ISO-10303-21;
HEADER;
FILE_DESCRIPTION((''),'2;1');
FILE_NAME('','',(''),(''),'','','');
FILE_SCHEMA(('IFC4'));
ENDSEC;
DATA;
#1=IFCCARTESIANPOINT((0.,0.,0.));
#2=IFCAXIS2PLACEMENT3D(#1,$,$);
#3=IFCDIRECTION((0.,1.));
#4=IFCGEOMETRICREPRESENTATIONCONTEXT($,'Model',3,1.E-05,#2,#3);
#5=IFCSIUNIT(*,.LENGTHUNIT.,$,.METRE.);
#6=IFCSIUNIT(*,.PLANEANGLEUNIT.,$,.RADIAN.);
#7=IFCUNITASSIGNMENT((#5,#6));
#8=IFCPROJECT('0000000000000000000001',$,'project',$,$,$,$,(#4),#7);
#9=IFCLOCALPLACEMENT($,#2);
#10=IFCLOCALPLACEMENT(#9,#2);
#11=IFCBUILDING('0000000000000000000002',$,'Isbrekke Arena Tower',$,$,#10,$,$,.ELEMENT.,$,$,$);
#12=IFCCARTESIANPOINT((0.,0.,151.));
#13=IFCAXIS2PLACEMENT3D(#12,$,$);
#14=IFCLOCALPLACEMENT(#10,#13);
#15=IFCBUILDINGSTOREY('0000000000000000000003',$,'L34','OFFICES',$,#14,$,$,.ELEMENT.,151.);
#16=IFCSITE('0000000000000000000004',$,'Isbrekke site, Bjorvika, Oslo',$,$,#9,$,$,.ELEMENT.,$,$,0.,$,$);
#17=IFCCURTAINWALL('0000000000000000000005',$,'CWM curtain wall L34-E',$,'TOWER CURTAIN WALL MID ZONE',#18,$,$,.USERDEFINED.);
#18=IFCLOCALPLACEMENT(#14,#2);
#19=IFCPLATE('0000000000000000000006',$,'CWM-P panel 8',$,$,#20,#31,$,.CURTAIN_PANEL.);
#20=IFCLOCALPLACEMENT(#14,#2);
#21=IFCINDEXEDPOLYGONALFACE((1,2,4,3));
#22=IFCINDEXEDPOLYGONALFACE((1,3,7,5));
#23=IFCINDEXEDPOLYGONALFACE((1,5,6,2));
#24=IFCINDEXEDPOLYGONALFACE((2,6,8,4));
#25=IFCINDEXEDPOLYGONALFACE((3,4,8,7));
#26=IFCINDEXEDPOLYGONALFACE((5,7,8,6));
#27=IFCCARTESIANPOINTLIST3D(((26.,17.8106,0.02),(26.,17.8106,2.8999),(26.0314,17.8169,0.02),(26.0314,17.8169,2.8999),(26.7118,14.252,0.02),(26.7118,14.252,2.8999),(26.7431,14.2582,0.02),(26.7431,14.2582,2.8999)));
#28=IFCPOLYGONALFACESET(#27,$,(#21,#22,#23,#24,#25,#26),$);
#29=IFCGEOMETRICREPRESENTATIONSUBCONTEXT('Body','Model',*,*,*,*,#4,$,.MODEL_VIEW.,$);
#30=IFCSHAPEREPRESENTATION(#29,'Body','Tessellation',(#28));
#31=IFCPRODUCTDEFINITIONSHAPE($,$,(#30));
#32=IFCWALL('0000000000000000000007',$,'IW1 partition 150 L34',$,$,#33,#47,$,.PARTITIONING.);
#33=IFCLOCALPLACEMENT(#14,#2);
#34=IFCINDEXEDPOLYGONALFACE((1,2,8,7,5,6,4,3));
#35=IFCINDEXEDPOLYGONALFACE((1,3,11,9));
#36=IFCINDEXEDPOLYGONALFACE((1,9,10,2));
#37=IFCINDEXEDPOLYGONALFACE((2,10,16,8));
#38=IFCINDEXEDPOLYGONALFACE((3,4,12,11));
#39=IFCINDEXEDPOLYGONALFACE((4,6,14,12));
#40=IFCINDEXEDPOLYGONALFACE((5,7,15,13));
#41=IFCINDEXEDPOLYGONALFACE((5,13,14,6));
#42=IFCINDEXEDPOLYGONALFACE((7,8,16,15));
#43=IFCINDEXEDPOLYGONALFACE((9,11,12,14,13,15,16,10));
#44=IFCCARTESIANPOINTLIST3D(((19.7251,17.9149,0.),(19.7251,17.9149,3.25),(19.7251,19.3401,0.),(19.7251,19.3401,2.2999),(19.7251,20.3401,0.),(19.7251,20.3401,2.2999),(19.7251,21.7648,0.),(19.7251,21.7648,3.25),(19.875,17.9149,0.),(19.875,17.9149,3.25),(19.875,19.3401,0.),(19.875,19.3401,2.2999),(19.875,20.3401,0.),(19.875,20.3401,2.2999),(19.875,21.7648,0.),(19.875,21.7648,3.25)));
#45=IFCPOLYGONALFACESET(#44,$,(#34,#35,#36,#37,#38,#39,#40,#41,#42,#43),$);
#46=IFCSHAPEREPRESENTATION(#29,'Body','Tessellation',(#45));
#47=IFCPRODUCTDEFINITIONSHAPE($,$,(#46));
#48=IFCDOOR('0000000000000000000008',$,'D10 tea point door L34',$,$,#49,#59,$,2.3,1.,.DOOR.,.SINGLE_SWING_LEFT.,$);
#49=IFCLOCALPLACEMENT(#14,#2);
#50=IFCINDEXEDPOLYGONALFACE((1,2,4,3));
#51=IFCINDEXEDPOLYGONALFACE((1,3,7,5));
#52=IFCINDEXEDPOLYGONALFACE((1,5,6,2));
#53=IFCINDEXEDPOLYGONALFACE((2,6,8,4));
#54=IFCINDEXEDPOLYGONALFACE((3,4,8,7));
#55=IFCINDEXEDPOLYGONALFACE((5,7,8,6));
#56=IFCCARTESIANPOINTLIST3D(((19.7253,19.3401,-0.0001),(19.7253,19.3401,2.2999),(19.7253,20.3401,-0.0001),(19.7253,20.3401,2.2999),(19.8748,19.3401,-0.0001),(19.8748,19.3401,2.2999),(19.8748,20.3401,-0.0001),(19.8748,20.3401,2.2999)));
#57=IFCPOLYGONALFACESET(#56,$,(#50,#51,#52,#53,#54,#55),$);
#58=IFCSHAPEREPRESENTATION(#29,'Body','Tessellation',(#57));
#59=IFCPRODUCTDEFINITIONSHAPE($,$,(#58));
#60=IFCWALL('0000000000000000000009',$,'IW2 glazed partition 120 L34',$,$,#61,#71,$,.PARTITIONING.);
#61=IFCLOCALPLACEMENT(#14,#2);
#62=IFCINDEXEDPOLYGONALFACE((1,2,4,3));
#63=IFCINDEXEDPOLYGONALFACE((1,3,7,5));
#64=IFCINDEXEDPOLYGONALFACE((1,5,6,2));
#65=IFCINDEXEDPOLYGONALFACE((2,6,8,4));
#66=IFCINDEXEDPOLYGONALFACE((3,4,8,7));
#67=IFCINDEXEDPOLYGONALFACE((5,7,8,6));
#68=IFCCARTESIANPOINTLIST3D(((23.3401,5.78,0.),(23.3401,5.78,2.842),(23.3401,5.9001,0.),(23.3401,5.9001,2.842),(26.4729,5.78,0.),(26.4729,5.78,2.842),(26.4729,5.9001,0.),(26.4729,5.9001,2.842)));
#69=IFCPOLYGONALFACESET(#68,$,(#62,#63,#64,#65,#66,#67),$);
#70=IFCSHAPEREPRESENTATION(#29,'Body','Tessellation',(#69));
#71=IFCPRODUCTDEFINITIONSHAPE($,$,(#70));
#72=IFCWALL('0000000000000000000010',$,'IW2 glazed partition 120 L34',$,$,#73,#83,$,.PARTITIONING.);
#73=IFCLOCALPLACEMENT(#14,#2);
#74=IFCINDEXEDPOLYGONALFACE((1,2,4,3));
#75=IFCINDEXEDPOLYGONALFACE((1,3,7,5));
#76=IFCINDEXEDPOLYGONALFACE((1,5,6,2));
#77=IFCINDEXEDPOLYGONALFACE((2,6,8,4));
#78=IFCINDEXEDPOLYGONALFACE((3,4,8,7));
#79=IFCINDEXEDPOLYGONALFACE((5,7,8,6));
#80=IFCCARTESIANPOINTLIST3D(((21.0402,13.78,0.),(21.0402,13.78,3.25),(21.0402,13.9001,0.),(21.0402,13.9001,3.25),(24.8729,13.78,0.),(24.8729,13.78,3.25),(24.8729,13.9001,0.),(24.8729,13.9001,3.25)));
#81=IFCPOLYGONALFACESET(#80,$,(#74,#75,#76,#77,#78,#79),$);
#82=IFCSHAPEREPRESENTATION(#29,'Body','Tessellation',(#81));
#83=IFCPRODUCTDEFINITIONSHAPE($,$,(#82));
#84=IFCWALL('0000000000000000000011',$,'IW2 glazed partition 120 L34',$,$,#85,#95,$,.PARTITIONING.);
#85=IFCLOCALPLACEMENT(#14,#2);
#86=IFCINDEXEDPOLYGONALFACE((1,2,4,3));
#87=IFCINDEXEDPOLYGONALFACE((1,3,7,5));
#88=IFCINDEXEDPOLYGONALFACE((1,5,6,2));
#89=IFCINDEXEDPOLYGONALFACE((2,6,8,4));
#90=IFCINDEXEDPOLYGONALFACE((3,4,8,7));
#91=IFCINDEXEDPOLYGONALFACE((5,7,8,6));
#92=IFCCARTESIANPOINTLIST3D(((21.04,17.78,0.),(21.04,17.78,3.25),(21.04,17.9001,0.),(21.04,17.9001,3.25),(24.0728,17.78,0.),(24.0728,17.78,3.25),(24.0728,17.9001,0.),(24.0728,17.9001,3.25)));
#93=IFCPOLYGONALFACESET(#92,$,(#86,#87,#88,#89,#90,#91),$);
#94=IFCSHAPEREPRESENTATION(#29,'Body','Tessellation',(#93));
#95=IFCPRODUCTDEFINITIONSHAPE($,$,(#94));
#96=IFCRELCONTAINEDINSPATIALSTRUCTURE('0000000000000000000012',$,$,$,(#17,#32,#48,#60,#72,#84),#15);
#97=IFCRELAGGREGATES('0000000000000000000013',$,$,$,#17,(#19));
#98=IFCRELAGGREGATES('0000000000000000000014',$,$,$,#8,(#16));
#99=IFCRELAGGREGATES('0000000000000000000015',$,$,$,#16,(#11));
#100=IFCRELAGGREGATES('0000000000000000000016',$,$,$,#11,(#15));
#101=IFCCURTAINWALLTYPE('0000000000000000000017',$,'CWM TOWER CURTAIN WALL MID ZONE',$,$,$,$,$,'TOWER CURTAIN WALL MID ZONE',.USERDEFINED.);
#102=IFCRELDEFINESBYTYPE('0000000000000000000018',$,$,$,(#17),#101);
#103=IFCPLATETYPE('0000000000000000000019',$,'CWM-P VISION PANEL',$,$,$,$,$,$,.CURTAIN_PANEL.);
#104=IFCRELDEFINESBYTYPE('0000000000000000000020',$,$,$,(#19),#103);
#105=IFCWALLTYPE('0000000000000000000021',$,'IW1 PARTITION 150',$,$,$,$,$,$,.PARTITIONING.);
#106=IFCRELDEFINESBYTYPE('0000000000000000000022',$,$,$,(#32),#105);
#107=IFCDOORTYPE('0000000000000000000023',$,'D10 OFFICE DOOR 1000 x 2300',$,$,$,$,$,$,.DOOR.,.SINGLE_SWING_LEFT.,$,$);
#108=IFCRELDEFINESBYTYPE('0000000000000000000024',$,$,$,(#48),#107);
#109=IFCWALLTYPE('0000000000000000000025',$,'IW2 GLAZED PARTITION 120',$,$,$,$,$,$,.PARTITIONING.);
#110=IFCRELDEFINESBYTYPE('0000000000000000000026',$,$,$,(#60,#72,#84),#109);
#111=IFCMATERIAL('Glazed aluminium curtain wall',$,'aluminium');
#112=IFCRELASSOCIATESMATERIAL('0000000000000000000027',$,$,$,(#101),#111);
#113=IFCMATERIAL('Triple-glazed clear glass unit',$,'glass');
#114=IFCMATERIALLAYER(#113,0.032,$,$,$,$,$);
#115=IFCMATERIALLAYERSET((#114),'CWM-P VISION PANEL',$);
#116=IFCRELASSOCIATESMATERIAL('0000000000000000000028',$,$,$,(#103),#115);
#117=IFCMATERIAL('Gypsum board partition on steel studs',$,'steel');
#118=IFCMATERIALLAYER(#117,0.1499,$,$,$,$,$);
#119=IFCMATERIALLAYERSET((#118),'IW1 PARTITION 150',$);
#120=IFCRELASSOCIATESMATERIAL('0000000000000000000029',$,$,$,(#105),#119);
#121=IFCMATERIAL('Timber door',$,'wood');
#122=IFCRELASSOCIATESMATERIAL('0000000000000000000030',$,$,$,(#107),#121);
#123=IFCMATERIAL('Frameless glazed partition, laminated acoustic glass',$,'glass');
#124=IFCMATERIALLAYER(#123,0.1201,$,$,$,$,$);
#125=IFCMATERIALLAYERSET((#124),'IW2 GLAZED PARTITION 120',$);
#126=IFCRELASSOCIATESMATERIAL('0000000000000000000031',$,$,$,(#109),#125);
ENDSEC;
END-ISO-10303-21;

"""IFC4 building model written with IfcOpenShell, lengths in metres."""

from ifc_helpers import new_model, si_unit, direction, frame, frame_2d, origin, origin_2d, place, context, subcontext, project, spatial, rectangle, extrude, material, layer, layer_set, type_object, element, fill, aggregate, save


model = new_model("IFC4")

# Units and contexts
model_context = context("Model", 3, precision=1e-05, world=origin(), true_north=direction((0.0, 1.0)))
body_context = subcontext(model_context, "Body", "Model", "MODEL_VIEW")
ifc_project = project(units=[si_unit("LENGTHUNIT", "METRE"), si_unit("PLANEANGLEUNIT", "RADIAN")], contexts=[model_context])

# Site, building, storey
site_placement = place(None, origin())
site = spatial("IfcSite", under=ifc_project, at=site_placement, Name="Isbrekke site, Bjorvika, Oslo", CompositionType="ELEMENT", RefElevation=0.0)
building_placement = place(site_placement, origin())
building = spatial("IfcBuilding", under=site, at=building_placement, Name="Isbrekke Arena Tower", CompositionType="ELEMENT")
storey_placement = place(building_placement, frame((0.0, 0.0, 151.0)))
storey = spatial("IfcBuildingStorey", under=building, at=storey_placement, Name="L34", Description="OFFICES", CompositionType="ELEMENT", Elevation=151.0)

# Curtain wall
ifc_material_1 = material(Name="Glazed aluminium curtain wall", Category="aluminium")
curtain_wall_type = type_object("IfcCurtainWallType", Name="CWM TOWER CURTAIN WALL MID ZONE", ElementType="TOWER CURTAIN WALL MID ZONE", PredefinedType="USERDEFINED", material=ifc_material_1)
curtain_wall_placement = place(storey_placement, origin())
curtain_wall = element("IfcCurtainWall", 1, at=curtain_wall_placement, inside=storey, type_object=curtain_wall_type, Name="CWM curtain wall L34-E", ObjectType="TOWER CURTAIN WALL MID ZONE", PredefinedType="USERDEFINED")

# Plate
ifc_material_2 = material(Name="Triple-glazed clear glass unit", Category="glass")
ifc_layer_1 = layer(ifc_material_2, 0.032)
ifc_layer_set_1 = layer_set([ifc_layer_1], Name="CWM-P VISION PANEL")
plate_type = type_object("IfcPlateType", Name="CWM-P VISION PANEL", PredefinedType="CURTAIN_PANEL", material=ifc_layer_set_1)
plate_1_placement = place(storey_placement, frame((26.3716, 16.0344, 0.02), z_axis=(0.0, 0.0, 1.0), x_axis=(-0.196116, 0.980581, 0.0)))
plate_1 = element("IfcPlate", 2, at=plate_1_placement, type_object=plate_type, Name="CWM-P panel 8", PredefinedType="CURTAIN_PANEL", context=body_context, shape_type="SweptSolid", body=[
    extrude(rectangle(XDim=3.6292, YDim=0.032, at=origin_2d()), origin(), (0.0, 0.0, 1.0), 2.8799),
])
aggregate(curtain_wall, [plate_1])

# Wall, opening, door
ifc_material_3 = material(Name="Gypsum board partition on steel studs", Category="steel")
ifc_layer_2 = layer(ifc_material_3, 0.1499)
ifc_layer_set_2 = layer_set([ifc_layer_2], Name="IW1 PARTITION 150")
wall_type_1 = type_object("IfcWallType", Name="IW1 PARTITION 150", PredefinedType="PARTITIONING", material=ifc_layer_set_2)
wall_1_placement = place(storey_placement, frame((19.8, 17.915, 0.0), z_axis=(0.0, 0.0, 1.0), x_axis=(0.0, 1.0, 0.0)))
wall_1 = element("IfcWall", 3, at=wall_1_placement, inside=storey, type_object=wall_type_1, Name="IW1 partition 150 L34", PredefinedType="PARTITIONING", context=body_context, shape_type="SweptSolid", body=[
    extrude(rectangle(XDim=3.8499, YDim=0.1499, at=frame_2d((1.9248, 0.0))), origin(), (0.0, 0.0, 1.0), 3.25),
])
opening_1_placement = place(wall_1_placement, frame((1.425, 0.0, 0.0)))
opening_1 = element("IfcOpeningElement", 4, at=opening_1_placement, cuts=wall_1, PredefinedType="OPENING", context=body_context, shape_type="SweptSolid", body=[
    extrude(rectangle(XDim=1.0, YDim=2.3, at=frame_2d((0.5, 1.1499))), frame((0.0, 0.0898, 0.0), z_axis=(0.0, -1.0, 0.0), x_axis=(1.0, 0.0, 0.0)), (0.0, 0.0, 1.0), 0.1797),
])
ifc_material_4 = material(Name="Timber door", Category="wood")
door_type_1 = type_object("IfcDoorType", Name="D10 OFFICE DOOR 1000 x 2300", OperationType="SINGLE_SWING_LEFT", PredefinedType="DOOR", material=ifc_material_4)
door_1_placement = place(opening_1_placement, origin())
door_1 = element("IfcDoor", 5, at=door_1_placement, inside=storey, type_object=door_type_1, Name="D10 tea point door L34", OperationType="SINGLE_SWING_LEFT", OverallHeight=2.3, OverallWidth=1.0, PredefinedType="DOOR", context=body_context, shape_type="SweptSolid", body=[
    extrude(rectangle(XDim=1.0, YDim=2.3, at=frame_2d((0.5, 1.1499))), frame((0.0, 0.0747, 0.0), z_axis=(0.0, -1.0, 0.0), x_axis=(1.0, 0.0, 0.0)), (0.0, 0.0, 1.0), 0.1494),
])
fill(opening_1, door_1)

# Walls
ifc_material_5 = material(Name="Frameless glazed partition, laminated acoustic glass", Category="glass")
ifc_layer_3 = layer(ifc_material_5, 0.1201)
ifc_layer_set_3 = layer_set([ifc_layer_3], Name="IW2 GLAZED PARTITION 120")
wall_type_2 = type_object("IfcWallType", Name="IW2 GLAZED PARTITION 120", PredefinedType="PARTITIONING", material=ifc_layer_set_3)
wall_2_placement = place(storey_placement, frame((23.3401, 5.8401, 0.0), z_axis=(0.0, 0.0, 1.0), x_axis=(1.0, 0.0, 0.0)))
element("IfcWall", 6, at=wall_2_placement, inside=storey, type_object=wall_type_2, Name="IW2 glazed partition 120 L34", PredefinedType="PARTITIONING", context=body_context, shape_type="SweptSolid", body=[
    extrude(rectangle(XDim=3.1328, YDim=0.1201, at=frame_2d((1.5664, 0.0))), origin(), (0.0, 0.0, 1.0), 2.842),
])
wall_3_placement = place(storey_placement, frame((21.04, 13.8401, 0.0), z_axis=(0.0, 0.0, 1.0), x_axis=(1.0, 0.0, 0.0)))
element("IfcWall", 7, at=wall_3_placement, inside=storey, type_object=wall_type_2, Name="IW2 glazed partition 120 L34", PredefinedType="PARTITIONING", context=body_context, shape_type="SweptSolid", body=[
    extrude(rectangle(XDim=3.8328, YDim=0.1201, at=frame_2d((1.9165, 0.0))), origin(), (0.0, 0.0, 1.0), 3.25),
])
wall_4_placement = place(storey_placement, frame((21.04, 17.8401, 0.0), z_axis=(0.0, 0.0, 1.0), x_axis=(1.0, 0.0, 0.0)))
element("IfcWall", 8, at=wall_4_placement, inside=storey, type_object=wall_type_2, Name="IW2 glazed partition 120 L34", PredefinedType="PARTITIONING", context=body_context, shape_type="SweptSolid", body=[
    extrude(rectangle(XDim=3.0327, YDim=0.1201, at=frame_2d((1.5164, 0.0))), origin(), (0.0, 0.0, 1.0), 3.25),
])

save(model, "model.ifc")
